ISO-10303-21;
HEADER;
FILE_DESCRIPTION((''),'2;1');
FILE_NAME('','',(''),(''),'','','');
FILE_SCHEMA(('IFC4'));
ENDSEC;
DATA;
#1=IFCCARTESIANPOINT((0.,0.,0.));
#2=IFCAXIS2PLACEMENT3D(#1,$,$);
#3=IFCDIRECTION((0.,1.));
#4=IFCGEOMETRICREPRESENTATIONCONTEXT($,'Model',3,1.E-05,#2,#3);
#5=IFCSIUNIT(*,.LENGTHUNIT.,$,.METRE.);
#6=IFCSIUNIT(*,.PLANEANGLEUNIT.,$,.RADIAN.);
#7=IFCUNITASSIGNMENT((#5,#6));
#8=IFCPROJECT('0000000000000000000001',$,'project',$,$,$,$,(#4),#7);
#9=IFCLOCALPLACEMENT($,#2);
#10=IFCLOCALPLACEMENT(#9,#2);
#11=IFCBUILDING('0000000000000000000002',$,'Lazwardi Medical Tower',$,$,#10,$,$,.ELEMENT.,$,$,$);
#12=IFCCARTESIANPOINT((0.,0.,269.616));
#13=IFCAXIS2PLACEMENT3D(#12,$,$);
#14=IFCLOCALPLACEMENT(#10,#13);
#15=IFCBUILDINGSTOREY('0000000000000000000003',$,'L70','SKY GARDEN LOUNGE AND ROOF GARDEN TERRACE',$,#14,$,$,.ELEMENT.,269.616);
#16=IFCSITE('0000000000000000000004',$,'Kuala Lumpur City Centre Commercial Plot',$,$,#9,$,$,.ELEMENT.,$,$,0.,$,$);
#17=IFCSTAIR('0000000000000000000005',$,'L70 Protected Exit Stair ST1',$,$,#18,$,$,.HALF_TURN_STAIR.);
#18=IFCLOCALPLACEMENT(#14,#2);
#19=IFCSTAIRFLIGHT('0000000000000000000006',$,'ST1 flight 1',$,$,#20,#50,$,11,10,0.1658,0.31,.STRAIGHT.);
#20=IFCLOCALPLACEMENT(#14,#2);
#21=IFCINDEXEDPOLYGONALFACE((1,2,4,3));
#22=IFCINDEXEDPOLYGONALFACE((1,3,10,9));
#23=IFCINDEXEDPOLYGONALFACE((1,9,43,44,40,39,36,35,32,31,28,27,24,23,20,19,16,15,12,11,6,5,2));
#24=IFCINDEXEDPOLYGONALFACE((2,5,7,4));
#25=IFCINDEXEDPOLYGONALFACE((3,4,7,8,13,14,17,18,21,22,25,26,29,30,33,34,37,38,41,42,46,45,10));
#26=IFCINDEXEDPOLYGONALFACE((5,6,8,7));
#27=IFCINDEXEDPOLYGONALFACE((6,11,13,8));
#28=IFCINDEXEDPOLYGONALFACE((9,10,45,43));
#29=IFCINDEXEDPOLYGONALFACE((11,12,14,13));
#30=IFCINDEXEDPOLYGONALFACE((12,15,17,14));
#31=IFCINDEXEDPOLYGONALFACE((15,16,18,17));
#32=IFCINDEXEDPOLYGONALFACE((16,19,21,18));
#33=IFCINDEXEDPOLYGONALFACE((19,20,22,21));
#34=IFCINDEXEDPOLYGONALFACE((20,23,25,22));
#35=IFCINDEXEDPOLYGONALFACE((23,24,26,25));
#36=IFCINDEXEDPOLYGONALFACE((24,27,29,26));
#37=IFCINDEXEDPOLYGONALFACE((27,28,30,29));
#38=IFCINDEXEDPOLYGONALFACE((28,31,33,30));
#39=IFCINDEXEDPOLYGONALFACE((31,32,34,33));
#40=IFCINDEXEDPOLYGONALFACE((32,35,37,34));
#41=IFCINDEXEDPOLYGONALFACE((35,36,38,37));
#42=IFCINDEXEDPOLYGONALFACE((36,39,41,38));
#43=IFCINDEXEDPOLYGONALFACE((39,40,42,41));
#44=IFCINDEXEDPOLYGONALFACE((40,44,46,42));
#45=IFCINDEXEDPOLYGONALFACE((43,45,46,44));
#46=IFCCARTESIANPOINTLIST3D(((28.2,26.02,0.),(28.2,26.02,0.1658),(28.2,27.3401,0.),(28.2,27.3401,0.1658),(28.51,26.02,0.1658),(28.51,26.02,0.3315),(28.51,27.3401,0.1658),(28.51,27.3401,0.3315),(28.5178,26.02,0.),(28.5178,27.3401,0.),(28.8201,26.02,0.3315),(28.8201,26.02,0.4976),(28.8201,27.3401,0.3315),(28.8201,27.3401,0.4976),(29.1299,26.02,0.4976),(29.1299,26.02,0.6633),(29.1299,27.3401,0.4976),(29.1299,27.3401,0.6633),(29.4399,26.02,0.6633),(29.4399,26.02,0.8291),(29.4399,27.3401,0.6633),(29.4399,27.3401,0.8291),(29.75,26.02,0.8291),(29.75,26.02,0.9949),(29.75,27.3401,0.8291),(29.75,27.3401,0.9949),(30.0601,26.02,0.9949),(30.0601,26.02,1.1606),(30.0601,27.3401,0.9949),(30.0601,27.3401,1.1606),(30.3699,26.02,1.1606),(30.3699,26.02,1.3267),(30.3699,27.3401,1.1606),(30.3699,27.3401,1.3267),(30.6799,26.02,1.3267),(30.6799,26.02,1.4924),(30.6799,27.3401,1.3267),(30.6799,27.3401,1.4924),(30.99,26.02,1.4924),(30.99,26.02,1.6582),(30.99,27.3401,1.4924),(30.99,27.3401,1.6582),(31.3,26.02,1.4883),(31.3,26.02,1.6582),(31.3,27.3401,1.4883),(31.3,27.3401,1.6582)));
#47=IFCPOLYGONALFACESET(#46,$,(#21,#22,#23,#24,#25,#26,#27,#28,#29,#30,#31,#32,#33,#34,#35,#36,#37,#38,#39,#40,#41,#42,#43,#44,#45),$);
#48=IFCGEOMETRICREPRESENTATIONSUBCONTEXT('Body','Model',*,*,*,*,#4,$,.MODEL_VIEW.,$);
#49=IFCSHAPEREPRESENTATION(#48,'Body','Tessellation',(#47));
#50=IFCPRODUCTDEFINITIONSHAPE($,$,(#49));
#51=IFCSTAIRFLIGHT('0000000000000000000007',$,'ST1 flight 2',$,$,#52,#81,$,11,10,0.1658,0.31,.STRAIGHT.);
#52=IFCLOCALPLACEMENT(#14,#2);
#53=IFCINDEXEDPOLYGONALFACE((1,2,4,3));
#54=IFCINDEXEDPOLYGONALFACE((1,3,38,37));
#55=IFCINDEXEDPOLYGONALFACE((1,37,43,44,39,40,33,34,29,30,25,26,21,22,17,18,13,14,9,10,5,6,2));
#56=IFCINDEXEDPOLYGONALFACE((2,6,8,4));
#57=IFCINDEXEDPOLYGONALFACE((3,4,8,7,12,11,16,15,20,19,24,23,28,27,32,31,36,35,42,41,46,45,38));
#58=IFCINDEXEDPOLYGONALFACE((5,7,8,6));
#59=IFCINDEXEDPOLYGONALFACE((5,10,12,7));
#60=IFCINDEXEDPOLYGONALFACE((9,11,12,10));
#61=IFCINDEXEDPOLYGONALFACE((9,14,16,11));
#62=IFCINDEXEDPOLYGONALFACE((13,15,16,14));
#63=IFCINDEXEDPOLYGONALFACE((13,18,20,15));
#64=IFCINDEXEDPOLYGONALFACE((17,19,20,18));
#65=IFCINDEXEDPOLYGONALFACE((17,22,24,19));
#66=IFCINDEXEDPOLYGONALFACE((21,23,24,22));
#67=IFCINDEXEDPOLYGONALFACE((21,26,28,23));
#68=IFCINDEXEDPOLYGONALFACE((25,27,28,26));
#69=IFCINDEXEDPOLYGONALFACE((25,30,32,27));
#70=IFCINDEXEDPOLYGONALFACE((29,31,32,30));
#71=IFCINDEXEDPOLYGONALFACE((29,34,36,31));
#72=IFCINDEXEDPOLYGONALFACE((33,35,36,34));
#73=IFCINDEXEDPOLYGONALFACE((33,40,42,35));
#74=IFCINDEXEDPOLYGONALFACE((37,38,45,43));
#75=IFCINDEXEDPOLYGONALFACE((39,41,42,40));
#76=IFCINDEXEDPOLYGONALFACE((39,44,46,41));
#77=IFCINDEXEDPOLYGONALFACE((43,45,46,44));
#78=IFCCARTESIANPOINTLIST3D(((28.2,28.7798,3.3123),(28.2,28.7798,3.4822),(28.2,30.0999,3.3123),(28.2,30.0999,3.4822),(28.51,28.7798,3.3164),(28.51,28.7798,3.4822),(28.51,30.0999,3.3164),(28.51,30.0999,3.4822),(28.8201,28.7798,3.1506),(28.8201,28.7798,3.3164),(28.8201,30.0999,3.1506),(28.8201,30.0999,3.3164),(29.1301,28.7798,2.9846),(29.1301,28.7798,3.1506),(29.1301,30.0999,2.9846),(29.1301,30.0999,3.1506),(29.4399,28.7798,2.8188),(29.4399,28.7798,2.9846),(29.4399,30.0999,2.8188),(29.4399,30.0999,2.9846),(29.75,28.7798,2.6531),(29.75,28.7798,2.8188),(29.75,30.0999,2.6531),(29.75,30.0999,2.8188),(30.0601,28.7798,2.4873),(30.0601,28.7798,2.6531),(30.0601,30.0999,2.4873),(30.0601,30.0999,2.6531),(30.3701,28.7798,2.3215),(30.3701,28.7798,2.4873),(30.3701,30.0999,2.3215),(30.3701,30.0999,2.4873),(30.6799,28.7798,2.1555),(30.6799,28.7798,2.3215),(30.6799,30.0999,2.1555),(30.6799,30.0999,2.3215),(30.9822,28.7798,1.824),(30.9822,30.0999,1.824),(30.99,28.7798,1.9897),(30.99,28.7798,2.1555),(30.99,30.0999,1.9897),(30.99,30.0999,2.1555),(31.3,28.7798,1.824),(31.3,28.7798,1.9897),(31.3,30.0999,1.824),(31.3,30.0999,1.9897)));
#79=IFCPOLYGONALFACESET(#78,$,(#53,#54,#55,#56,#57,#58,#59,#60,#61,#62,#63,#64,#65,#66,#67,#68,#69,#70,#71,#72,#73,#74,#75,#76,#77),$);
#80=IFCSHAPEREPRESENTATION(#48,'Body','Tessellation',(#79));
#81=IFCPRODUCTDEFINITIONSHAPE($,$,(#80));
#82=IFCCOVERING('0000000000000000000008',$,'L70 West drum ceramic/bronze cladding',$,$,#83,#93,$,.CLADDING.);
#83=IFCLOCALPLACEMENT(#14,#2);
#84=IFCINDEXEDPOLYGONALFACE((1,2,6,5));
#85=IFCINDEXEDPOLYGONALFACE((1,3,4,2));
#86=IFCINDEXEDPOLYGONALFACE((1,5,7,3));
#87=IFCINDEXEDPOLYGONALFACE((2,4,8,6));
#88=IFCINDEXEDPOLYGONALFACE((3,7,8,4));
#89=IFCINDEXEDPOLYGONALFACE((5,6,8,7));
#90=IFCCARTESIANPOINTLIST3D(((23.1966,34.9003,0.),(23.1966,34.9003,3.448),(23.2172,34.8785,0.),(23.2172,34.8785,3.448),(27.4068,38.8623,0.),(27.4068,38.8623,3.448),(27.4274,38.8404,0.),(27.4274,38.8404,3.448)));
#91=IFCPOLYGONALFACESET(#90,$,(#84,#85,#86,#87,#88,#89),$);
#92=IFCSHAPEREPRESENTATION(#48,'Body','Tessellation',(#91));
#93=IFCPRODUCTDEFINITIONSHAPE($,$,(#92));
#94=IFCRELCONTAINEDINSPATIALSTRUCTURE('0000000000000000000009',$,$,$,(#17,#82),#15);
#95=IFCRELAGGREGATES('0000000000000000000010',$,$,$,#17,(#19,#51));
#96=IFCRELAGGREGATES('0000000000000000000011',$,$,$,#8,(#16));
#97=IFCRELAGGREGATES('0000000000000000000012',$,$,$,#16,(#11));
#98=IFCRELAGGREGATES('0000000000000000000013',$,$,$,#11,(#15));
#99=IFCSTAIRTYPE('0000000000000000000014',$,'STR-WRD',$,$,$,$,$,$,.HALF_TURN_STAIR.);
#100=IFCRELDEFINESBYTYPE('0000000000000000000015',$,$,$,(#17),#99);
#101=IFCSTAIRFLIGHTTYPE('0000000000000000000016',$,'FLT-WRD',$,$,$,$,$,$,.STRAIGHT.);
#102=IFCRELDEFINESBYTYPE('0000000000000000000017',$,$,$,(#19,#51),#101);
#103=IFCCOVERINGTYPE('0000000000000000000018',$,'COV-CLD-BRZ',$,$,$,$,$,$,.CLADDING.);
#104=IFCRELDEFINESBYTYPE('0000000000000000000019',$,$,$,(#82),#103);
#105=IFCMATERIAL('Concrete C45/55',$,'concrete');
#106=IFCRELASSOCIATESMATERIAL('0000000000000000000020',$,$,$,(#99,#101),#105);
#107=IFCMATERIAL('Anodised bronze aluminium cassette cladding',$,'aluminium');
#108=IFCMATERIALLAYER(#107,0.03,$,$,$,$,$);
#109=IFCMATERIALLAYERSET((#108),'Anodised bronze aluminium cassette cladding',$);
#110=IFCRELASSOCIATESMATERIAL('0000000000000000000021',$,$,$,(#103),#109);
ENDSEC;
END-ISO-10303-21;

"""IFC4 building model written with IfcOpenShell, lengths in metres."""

from ifc_helpers import new_model, si_unit, direction, frame, origin, origin_2d, place, context, subcontext, project, spatial, polyline, rectangle, outline, extrude, material, layer, layer_set, type_object, element, aggregate, save


model = new_model("IFC4")

# Units and contexts
model_context = context("Model", 3, precision=1e-05, world=origin(), true_north=direction((0.0, 1.0)))
body_context = subcontext(model_context, "Body", "Model", "MODEL_VIEW")
ifc_project = project(units=[si_unit("LENGTHUNIT", "METRE"), si_unit("PLANEANGLEUNIT", "RADIAN")], contexts=[model_context])

# Site, building, storey
site_placement = place(None, origin())
site = spatial("IfcSite", under=ifc_project, at=site_placement, Name="Kuala Lumpur City Centre Commercial Plot", CompositionType="ELEMENT", RefElevation=0.0)
building_placement = place(site_placement, origin())
building = spatial("IfcBuilding", under=site, at=building_placement, Name="Lazwardi Medical Tower", CompositionType="ELEMENT")
storey_placement = place(building_placement, frame((0.0, 0.0, 269.616)))
storey = spatial("IfcBuildingStorey", under=building, at=storey_placement, Name="L70", Description="SKY GARDEN LOUNGE AND ROOF GARDEN TERRACE", CompositionType="ELEMENT", Elevation=269.616)

# Stair, stair flights
ifc_material_1 = material(Name="Concrete C45/55", Category="concrete")
stair_type = type_object("IfcStairType", Name="STR-WRD", PredefinedType="HALF_TURN_STAIR", material=ifc_material_1)
stair_placement = place(storey_placement, origin())
stair = element("IfcStair", 1, at=stair_placement, inside=storey, type_object=stair_type, Name="L70 Protected Exit Stair ST1", PredefinedType="HALF_TURN_STAIR")
stair_flight_type = type_object("IfcStairFlightType", Name="FLT-WRD", PredefinedType="STRAIGHT", material=ifc_material_1)
stair_flight_1_placement = place(storey_placement, frame((28.2, 26.6799, 0.0), z_axis=(0.0, 0.0, 1.0), x_axis=(1.0, 0.0, 0.0)))
stair_flight_1 = element("IfcStairFlight", 2, at=stair_flight_1_placement, type_object=stair_flight_type, Name="ST1 flight 1", NumberOfRisers=11, NumberOfTreads=10, PredefinedType="STRAIGHT", RiserHeight=0.1658, TreadLength=0.31, context=body_context, shape_type="SweptSolid", body=[
    extrude(outline(polyline([(0.0, 0.0), (0.0, 0.1658), (0.3101, 0.1658), (0.3101, 0.3315), (0.6201, 0.3315), (0.6201, 0.4976), (0.9299, 0.4976), (0.9299, 0.6633), (1.24, 0.6633), (1.24, 0.8291), (1.55, 0.8291), (1.55, 0.9949), (1.8601, 0.9949), (1.8601, 1.1606), (2.1699, 1.1606), (2.1699, 1.3267), (2.48, 1.3267), (2.48, 1.4924), (2.79, 1.4924), (2.79, 1.6582), (3.1001, 1.6582), (3.1001, 1.824), (3.1001, 1.4883), (0.3179, 0.0), (0.0, 0.0)])), frame((0.0, 0.6602, 0.0), z_axis=(0.0, -1.0, 0.0), x_axis=(1.0, 0.0, 0.0)), (0.0, 0.0, 1.0), 1.3201),
])
stair_flight_2_placement = place(storey_placement, frame((31.3, 29.4399, 1.824), z_axis=(0.0, 0.0, 1.0), x_axis=(-1.0, 0.0, 0.0)))
stair_flight_2 = element("IfcStairFlight", 3, at=stair_flight_2_placement, type_object=stair_flight_type, Name="ST1 flight 2", NumberOfRisers=11, NumberOfTreads=10, PredefinedType="STRAIGHT", RiserHeight=0.1658, TreadLength=0.31, context=body_context, shape_type="SweptSolid", body=[
    extrude(outline(polyline([(0.0, 0.0), (0.0, 0.1658), (0.3101, 0.1658), (0.3101, 0.3315), (0.6201, 0.3315), (0.6201, 0.4976), (0.9299, 0.4976), (0.9299, 0.6633), (1.24, 0.6633), (1.24, 0.8291), (1.55, 0.8291), (1.55, 0.9949), (1.8601, 0.9949), (1.8601, 1.1606), (2.1699, 1.1606), (2.1699, 1.3267), (2.48, 1.3267), (2.48, 1.4924), (2.79, 1.4924), (2.79, 1.6582), (3.1001, 1.6582), (3.1001, 1.824), (3.1001, 1.4883), (0.3179, 0.0), (0.0, 0.0)])), frame((0.0, 0.6602, 0.0), z_axis=(0.0, -1.0, 0.0), x_axis=(1.0, 0.0, 0.0)), (0.0, 0.0, 1.0), 1.3201),
])
aggregate(stair, [stair_flight_1, stair_flight_2])

# Covering
ifc_material_2 = material(Name="Anodised bronze aluminium cassette cladding", Category="aluminium")
ifc_layer_1 = layer(ifc_material_2, 0.03)
ifc_layer_set_1 = layer_set([ifc_layer_1], Name="Anodised bronze aluminium cassette cladding")
covering_type = type_object("IfcCoveringType", Name="COV-CLD-BRZ", PredefinedType="CLADDING", material=ifc_layer_set_1)
covering_placement = place(storey_placement, frame((25.312, 36.8704, 0.0), z_axis=(0.0, 0.0, 1.0), x_axis=(-0.728255, -0.685306, 0.0)))
element("IfcCovering", 4, at=covering_placement, inside=storey, type_object=covering_type, Name="L70 West drum ceramic/bronze cladding", PredefinedType="CLADDING", context=body_context, shape_type="SweptSolid", body=[
    extrude(rectangle(XDim=5.7812, YDim=0.03, at=origin_2d()), origin(), (0.0, 0.0, 1.0), 3.448),
])

save(model, "model.ifc")
